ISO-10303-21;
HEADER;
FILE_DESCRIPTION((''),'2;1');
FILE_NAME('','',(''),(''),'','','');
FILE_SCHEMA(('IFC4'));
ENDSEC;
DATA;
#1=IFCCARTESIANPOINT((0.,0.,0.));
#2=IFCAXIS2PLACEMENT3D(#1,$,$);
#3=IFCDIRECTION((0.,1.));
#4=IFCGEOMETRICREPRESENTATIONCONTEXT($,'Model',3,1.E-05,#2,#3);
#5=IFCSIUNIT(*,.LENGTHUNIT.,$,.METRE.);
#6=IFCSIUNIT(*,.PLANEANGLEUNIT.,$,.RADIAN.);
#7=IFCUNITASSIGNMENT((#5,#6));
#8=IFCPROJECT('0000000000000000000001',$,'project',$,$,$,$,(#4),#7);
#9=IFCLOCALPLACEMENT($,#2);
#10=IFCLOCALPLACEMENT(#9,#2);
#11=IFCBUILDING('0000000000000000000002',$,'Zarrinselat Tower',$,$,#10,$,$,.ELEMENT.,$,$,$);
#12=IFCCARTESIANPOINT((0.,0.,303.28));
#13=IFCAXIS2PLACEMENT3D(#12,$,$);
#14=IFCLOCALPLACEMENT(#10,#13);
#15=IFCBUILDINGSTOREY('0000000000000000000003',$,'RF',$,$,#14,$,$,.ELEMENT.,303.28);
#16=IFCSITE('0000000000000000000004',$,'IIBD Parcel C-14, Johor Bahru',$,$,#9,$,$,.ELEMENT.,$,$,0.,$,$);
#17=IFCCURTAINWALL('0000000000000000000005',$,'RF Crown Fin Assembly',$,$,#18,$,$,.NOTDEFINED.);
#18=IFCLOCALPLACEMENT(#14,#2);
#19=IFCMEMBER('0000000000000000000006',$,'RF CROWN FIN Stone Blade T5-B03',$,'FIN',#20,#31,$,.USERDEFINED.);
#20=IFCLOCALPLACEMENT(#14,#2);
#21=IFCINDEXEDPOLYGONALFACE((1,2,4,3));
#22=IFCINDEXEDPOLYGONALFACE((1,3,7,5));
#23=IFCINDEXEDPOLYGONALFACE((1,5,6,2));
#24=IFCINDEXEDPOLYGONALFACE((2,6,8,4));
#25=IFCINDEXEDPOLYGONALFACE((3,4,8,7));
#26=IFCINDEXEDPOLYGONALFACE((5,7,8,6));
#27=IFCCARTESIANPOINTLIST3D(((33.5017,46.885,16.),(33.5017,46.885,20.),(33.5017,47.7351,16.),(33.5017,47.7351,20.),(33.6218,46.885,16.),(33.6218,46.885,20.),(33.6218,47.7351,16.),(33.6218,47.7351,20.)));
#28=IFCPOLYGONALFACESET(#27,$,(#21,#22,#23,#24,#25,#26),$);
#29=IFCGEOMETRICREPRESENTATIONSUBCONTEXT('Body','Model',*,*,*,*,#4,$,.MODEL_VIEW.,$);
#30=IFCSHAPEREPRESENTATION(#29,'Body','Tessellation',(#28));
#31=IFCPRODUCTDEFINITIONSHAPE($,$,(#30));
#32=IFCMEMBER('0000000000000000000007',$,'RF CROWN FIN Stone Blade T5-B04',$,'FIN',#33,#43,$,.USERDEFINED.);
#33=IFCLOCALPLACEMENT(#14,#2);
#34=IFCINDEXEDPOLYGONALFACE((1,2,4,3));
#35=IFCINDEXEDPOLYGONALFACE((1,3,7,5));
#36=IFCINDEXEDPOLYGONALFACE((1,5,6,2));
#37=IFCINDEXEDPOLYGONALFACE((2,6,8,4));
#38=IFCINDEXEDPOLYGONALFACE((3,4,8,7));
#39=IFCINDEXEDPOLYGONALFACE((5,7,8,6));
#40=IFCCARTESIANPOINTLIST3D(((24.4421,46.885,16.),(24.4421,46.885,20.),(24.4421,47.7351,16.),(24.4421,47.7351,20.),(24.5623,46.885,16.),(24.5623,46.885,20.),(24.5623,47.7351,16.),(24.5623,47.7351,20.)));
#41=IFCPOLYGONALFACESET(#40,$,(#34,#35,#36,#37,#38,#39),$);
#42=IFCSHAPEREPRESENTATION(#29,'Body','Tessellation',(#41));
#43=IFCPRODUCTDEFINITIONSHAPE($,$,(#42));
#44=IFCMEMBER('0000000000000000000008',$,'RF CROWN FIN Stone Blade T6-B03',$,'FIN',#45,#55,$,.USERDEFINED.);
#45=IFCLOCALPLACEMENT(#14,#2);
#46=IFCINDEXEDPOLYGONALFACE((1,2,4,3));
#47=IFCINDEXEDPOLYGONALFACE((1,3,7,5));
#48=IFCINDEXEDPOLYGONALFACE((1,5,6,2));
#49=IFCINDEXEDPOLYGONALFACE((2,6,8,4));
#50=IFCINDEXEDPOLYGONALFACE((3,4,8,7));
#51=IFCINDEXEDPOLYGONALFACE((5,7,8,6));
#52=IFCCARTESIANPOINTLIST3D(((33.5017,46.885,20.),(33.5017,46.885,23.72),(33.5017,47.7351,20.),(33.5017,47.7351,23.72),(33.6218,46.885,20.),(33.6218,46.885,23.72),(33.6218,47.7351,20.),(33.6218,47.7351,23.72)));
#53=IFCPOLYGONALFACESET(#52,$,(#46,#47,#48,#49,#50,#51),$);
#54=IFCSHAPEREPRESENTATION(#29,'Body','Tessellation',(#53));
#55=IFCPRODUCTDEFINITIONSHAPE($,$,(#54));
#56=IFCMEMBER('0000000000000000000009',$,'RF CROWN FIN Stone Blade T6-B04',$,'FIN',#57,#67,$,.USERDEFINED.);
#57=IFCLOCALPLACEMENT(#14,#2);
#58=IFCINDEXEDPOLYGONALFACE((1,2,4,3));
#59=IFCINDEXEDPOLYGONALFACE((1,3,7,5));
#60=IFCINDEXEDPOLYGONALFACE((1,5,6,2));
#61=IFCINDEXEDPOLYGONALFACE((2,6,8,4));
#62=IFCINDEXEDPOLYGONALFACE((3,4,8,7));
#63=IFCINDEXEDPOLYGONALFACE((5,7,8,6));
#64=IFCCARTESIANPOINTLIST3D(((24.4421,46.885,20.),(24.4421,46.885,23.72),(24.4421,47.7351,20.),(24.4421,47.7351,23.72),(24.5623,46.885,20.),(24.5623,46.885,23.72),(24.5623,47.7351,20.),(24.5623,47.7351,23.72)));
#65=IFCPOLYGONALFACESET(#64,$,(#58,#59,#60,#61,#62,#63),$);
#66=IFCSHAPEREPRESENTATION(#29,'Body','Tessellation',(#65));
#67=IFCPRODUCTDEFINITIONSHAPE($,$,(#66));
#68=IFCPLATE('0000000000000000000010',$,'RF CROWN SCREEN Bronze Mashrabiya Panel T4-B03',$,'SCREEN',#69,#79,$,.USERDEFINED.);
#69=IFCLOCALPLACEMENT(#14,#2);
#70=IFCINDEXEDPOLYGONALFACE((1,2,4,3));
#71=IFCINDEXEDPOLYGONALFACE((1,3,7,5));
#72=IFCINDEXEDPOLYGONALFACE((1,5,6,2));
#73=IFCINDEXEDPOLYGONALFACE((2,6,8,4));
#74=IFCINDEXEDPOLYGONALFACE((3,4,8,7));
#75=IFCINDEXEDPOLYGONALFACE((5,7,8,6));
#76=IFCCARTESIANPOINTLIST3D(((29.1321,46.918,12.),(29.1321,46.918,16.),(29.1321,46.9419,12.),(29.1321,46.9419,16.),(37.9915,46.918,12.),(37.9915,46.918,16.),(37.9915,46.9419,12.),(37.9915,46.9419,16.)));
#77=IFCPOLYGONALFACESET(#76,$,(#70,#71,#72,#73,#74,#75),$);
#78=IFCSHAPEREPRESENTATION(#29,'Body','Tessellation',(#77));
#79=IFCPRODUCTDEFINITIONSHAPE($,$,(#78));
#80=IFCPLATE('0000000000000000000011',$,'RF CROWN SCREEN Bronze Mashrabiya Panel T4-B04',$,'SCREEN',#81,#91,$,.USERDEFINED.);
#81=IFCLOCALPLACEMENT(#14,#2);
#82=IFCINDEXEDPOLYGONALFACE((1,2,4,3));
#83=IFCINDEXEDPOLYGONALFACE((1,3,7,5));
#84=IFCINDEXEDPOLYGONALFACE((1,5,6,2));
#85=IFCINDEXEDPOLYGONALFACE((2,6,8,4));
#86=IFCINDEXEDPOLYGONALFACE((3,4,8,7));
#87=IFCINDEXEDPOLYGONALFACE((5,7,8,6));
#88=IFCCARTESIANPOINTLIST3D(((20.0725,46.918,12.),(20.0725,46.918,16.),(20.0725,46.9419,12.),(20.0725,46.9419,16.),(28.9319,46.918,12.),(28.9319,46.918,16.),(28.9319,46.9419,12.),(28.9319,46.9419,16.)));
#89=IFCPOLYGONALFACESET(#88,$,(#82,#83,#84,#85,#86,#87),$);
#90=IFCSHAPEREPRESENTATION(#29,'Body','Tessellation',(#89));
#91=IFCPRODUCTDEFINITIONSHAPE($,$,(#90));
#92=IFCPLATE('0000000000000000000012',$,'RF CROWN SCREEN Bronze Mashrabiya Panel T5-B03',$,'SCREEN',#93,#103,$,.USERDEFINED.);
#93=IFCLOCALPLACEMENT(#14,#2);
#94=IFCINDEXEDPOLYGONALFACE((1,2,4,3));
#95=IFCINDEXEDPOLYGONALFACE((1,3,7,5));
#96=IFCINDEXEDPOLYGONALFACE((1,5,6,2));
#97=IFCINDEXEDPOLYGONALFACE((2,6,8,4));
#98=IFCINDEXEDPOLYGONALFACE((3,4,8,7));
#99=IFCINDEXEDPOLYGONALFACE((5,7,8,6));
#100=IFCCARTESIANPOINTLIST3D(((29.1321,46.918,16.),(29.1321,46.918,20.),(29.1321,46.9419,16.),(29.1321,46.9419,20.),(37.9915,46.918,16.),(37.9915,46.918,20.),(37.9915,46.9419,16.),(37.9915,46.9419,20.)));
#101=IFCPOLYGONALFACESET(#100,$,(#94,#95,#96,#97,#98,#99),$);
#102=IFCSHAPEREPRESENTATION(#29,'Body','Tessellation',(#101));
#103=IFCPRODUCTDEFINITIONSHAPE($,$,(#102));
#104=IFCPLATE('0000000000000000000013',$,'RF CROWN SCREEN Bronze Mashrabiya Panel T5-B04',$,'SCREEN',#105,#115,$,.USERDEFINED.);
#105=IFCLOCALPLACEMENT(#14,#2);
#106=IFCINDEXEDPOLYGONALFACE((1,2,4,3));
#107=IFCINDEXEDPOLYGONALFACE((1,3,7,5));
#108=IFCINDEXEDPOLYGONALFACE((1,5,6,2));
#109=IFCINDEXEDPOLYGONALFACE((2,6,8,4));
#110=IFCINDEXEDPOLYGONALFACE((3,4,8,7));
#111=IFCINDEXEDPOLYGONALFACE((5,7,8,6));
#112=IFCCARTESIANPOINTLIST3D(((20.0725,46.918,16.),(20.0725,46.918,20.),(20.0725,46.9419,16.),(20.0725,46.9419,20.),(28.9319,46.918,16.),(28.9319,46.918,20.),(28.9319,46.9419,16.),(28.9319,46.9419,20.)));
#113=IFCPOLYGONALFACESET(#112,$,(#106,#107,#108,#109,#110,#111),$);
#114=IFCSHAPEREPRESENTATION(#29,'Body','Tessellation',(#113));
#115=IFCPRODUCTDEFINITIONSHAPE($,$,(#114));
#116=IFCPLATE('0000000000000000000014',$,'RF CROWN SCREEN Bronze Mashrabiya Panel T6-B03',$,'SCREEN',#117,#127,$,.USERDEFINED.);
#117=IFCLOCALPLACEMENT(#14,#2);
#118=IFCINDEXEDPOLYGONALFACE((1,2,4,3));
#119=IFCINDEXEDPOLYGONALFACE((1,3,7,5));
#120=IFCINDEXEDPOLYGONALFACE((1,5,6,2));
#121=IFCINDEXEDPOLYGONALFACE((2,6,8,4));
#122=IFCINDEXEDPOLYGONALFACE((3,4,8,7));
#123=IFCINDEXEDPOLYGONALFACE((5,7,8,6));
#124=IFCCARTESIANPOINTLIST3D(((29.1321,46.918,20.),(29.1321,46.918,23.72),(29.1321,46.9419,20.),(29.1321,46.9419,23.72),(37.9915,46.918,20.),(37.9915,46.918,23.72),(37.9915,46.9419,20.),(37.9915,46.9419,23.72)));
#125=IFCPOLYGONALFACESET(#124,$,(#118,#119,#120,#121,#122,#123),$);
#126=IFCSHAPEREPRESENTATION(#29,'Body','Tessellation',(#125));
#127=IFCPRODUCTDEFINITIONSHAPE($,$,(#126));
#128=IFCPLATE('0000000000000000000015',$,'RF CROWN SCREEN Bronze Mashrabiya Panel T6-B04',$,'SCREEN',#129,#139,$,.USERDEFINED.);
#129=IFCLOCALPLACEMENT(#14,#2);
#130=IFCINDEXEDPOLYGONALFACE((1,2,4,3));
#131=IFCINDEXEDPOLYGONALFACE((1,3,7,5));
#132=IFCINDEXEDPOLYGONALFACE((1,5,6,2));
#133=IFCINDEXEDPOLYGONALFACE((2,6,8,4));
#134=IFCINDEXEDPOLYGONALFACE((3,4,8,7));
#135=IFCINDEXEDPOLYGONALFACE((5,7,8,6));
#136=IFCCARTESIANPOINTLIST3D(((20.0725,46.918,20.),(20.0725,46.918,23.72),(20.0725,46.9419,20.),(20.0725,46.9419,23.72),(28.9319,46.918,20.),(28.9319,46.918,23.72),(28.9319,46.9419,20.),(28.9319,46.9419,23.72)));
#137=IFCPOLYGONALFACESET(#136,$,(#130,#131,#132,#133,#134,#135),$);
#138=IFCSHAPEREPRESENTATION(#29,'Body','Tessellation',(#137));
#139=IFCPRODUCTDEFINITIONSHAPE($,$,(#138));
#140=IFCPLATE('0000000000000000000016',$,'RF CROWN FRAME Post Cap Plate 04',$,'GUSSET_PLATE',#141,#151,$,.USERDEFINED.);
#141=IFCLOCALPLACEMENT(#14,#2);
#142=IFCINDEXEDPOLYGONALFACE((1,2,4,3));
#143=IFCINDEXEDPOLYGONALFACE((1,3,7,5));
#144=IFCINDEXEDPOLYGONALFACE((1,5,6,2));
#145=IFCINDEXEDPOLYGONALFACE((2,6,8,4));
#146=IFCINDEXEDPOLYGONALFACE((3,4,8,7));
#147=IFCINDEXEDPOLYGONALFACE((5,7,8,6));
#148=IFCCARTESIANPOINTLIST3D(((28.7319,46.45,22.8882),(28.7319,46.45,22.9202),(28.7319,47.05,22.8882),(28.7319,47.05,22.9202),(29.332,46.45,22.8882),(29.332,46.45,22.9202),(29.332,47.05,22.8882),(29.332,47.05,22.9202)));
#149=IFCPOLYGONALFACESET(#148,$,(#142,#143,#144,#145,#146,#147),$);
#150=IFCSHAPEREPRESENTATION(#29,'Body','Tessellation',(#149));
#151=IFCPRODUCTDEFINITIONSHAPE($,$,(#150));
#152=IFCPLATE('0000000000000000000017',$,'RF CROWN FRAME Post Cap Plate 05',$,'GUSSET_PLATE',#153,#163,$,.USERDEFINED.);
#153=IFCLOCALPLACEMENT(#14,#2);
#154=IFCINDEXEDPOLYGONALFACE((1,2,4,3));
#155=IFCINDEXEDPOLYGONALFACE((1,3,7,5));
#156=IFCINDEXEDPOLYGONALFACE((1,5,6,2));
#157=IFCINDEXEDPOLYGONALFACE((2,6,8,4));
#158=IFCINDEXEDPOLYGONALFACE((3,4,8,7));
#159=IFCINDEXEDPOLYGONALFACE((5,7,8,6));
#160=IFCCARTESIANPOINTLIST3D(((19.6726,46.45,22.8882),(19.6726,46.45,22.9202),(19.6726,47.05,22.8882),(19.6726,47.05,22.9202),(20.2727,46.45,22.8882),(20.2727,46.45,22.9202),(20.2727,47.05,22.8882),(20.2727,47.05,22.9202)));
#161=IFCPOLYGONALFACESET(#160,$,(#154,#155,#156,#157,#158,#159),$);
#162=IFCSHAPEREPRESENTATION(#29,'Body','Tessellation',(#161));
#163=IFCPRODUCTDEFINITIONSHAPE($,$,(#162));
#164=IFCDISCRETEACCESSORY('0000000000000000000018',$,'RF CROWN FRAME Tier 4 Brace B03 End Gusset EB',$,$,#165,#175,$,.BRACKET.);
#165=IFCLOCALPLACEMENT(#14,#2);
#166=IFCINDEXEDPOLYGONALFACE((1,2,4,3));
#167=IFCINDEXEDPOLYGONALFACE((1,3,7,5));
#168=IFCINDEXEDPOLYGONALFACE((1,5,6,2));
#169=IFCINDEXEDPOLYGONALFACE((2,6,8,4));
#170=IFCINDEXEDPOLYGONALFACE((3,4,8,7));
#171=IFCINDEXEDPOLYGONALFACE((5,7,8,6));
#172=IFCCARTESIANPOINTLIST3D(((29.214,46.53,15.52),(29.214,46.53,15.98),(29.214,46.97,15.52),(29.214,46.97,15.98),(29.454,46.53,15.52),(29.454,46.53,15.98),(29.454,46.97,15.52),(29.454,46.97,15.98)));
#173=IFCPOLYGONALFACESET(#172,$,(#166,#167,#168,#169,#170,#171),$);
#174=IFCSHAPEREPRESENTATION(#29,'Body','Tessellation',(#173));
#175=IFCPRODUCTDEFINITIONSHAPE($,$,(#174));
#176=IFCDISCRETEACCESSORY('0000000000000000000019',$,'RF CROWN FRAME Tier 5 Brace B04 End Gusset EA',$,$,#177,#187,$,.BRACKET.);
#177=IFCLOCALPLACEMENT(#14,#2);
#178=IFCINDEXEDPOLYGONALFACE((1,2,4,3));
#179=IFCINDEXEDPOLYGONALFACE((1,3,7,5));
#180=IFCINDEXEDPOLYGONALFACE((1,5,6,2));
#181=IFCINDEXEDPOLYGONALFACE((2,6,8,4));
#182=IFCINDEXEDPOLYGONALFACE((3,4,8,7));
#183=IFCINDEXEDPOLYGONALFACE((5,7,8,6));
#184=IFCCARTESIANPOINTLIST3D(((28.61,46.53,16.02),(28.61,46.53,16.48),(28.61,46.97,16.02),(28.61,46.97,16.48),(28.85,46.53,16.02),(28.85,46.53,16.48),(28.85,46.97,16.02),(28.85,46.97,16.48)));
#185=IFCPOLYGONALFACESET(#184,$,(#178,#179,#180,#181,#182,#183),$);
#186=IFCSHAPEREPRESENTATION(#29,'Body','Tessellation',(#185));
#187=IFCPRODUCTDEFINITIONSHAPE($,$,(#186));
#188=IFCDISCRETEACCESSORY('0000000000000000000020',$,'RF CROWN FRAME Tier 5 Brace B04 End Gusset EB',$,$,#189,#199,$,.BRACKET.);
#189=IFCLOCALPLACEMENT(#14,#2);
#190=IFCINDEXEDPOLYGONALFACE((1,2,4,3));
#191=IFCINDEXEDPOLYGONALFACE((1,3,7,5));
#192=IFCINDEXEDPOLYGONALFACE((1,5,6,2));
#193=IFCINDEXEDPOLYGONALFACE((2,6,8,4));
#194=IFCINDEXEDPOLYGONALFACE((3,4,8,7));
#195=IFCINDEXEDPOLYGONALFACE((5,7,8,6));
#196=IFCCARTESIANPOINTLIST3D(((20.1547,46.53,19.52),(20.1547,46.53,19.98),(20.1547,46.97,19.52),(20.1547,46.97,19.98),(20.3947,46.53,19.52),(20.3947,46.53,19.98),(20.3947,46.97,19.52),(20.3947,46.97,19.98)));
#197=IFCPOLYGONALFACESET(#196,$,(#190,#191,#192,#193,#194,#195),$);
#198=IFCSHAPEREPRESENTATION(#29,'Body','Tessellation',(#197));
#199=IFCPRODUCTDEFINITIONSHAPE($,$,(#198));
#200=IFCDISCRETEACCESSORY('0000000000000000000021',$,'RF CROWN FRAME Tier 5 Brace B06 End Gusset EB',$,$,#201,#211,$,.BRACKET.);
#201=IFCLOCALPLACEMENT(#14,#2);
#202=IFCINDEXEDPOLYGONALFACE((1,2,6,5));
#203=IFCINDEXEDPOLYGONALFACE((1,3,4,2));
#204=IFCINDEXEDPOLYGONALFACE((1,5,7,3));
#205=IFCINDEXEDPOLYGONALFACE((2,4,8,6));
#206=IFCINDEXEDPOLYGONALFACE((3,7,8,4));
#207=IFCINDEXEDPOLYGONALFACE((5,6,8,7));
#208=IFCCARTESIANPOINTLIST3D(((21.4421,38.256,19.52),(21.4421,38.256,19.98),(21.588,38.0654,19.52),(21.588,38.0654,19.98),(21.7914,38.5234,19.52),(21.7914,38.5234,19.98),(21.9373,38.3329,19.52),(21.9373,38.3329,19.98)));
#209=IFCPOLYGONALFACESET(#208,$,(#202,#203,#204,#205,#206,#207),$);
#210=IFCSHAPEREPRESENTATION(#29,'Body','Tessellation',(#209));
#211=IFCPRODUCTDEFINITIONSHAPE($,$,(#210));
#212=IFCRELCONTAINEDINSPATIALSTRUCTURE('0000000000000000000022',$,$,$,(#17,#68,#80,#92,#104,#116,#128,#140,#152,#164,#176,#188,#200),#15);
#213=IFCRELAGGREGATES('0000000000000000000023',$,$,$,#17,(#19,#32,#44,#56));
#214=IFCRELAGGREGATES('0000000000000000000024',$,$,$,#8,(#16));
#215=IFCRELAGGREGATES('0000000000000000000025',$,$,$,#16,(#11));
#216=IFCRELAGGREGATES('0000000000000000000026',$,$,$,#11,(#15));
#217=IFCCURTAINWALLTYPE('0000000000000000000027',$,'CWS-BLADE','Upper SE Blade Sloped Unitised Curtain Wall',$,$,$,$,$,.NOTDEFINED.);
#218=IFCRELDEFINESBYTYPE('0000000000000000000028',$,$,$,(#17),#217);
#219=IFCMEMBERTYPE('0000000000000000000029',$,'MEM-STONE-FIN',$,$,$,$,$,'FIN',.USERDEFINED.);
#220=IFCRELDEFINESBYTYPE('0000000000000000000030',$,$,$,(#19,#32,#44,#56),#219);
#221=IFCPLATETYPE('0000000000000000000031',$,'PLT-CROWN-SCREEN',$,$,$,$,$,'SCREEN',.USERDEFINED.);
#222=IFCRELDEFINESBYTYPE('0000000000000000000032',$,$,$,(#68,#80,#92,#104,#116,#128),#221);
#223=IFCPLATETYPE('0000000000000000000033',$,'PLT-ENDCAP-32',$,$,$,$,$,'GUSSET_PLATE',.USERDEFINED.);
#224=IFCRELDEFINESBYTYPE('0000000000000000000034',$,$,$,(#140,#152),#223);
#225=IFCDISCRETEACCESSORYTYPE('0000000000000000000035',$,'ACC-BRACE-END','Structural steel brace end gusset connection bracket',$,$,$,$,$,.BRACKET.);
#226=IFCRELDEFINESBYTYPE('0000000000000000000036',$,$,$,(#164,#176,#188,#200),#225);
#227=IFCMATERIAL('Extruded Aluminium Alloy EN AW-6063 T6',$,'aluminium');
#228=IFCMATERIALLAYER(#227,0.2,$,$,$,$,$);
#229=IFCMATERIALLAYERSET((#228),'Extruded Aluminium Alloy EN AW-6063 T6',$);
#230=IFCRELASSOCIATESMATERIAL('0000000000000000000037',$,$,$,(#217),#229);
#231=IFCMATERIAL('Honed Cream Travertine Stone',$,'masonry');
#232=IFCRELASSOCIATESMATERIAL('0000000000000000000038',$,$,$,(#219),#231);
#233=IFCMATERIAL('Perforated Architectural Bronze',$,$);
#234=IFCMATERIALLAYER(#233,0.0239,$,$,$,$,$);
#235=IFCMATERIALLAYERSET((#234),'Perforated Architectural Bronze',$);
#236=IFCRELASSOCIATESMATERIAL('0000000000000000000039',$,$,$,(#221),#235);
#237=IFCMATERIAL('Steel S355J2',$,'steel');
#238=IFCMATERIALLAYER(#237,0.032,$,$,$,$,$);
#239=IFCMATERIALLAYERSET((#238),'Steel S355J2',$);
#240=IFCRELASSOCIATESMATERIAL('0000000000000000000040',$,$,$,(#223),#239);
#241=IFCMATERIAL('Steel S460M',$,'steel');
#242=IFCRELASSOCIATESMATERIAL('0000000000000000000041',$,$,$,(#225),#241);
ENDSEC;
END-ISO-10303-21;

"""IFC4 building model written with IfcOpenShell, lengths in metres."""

from ifc_helpers import new_model, si_unit, direction, frame, origin, origin_2d, place, context, subcontext, project, spatial, rectangle, extrude, material, layer, layer_set, material_profile, profile_set, type_object, element, aggregate, save


model = new_model("IFC4")

# Units and contexts
model_context = context("Model", 3, precision=1e-05, world=origin(), true_north=direction((0.0, 1.0)))
body_context = subcontext(model_context, "Body", "Model", "MODEL_VIEW")
ifc_project = project(units=[si_unit("LENGTHUNIT", "METRE"), si_unit("PLANEANGLEUNIT", "RADIAN")], contexts=[model_context])

# Site, building, storey
site_placement = place(None, origin())
site = spatial("IfcSite", under=ifc_project, at=site_placement, Name="IIBD Parcel C-14, Johor Bahru", CompositionType="ELEMENT", RefElevation=0.0)
building_placement = place(site_placement, origin())
building = spatial("IfcBuilding", under=site, at=building_placement, Name="Zarrinselat Tower", CompositionType="ELEMENT")
storey_placement = place(building_placement, frame((0.0, 0.0, 303.28)))
storey = spatial("IfcBuildingStorey", under=building, at=storey_placement, Name="RF", CompositionType="ELEMENT", Elevation=303.28)

# Curtain wall, members
ifc_material_1 = material(Name="Extruded Aluminium Alloy EN AW-6063 T6", Category="aluminium")
ifc_layer_1 = layer(ifc_material_1, 0.2)
ifc_layer_set_1 = layer_set([ifc_layer_1], Name="Extruded Aluminium Alloy EN AW-6063 T6")
curtain_wall_type = type_object("IfcCurtainWallType", Name="CWS-BLADE", Description="Upper SE Blade Sloped Unitised Curtain Wall", PredefinedType="NOTDEFINED", material=ifc_layer_set_1)
curtain_wall_placement = place(storey_placement, origin())
curtain_wall = element("IfcCurtainWall", 1, at=curtain_wall_placement, inside=storey, type_object=curtain_wall_type, Name="RF Crown Fin Assembly", PredefinedType="NOTDEFINED")
ifc_material_2 = material(Name="Honed Cream Travertine Stone", Category="masonry")
ifc_material_profile_1 = material_profile(ifc_material_2, rectangle(XDim=0.1201, YDim=0.8501, at=origin_2d()), Name="FIN 850x120")
ifc_profile_set_1 = profile_set([ifc_material_profile_1], Name="Honed Cream Travertine Stone")
member_type_1 = type_object("IfcMemberType", Name="MEM-STONE-FIN", ElementType="FIN", PredefinedType="USERDEFINED", material=ifc_profile_set_1)
member_1_placement = place(storey_placement, frame((33.5618, 47.3101, 16.0), z_axis=(0.0, 0.0, 1.0), x_axis=(1.0, 0.0, 0.0)))
member_1 = element("IfcMember", 2, at=member_1_placement, type_object=member_type_1, Name="RF CROWN FIN Stone Blade T5-B03", ObjectType="FIN", PredefinedType="USERDEFINED", context=body_context, shape_type="SweptSolid", body=[
    extrude(rectangle(XDim=0.1201, YDim=0.8501, at=origin_2d()), origin(), (0.0, 0.0, 1.0), 4.0),
])
member_2_placement = place(storey_placement, frame((24.5022, 47.3101, 16.0), z_axis=(0.0, 0.0, 1.0), x_axis=(1.0, 0.0, 0.0)))
member_2 = element("IfcMember", 3, at=member_2_placement, type_object=member_type_1, Name="RF CROWN FIN Stone Blade T5-B04", ObjectType="FIN", PredefinedType="USERDEFINED", context=body_context, shape_type="SweptSolid", body=[
    extrude(rectangle(XDim=0.1201, YDim=0.8501, at=origin_2d()), origin(), (0.0, 0.0, 1.0), 4.0),
])
member_3_placement = place(storey_placement, frame((33.5618, 47.3101, 20.0), z_axis=(0.0, 0.0, 1.0), x_axis=(1.0, 0.0, 0.0)))
member_3 = element("IfcMember", 4, at=member_3_placement, type_object=member_type_1, Name="RF CROWN FIN Stone Blade T6-B03", ObjectType="FIN", PredefinedType="USERDEFINED", context=body_context, shape_type="SweptSolid", body=[
    extrude(rectangle(XDim=0.1201, YDim=0.8501, at=origin_2d()), origin(), (0.0, 0.0, 1.0), 3.72),
])
member_4_placement = place(storey_placement, frame((24.5022, 47.3101, 20.0), z_axis=(0.0, 0.0, 1.0), x_axis=(1.0, 0.0, 0.0)))
member_4 = element("IfcMember", 5, at=member_4_placement, type_object=member_type_1, Name="RF CROWN FIN Stone Blade T6-B04", ObjectType="FIN", PredefinedType="USERDEFINED", context=body_context, shape_type="SweptSolid", body=[
    extrude(rectangle(XDim=0.1201, YDim=0.8501, at=origin_2d()), origin(), (0.0, 0.0, 1.0), 3.72),
])
aggregate(curtain_wall, [member_1, member_2, member_3, member_4])

# Plates
ifc_material_3 = material(Name="Perforated Architectural Bronze")
ifc_layer_2 = layer(ifc_material_3, 0.0239)
ifc_layer_set_2 = layer_set([ifc_layer_2], Name="Perforated Architectural Bronze")
plate_type_1 = type_object("IfcPlateType", Name="PLT-CROWN-SCREEN", ElementType="SCREEN", PredefinedType="USERDEFINED", material=ifc_layer_set_2)
for number, where, z_axis, x_axis, name in (
    (6, (33.5618, 46.9299, 12.0), (0.0, 0.0, 1.0), (-1.0, 0.0, 0.0), "RF CROWN SCREEN Bronze Mashrabiya Panel T4-B03"),
    (7, (24.5022, 46.9299, 12.0), (0.0, 0.0, 1.0), (-1.0, 0.0, 0.0), "RF CROWN SCREEN Bronze Mashrabiya Panel T4-B04"),
    (8, (33.5618, 46.9299, 16.0), (0.0, 0.0, 1.0), (-1.0, 0.0, 0.0), "RF CROWN SCREEN Bronze Mashrabiya Panel T5-B03"),
    (9, (24.5022, 46.9299, 16.0), (0.0, 0.0, 1.0), (-1.0, 0.0, 0.0), "RF CROWN SCREEN Bronze Mashrabiya Panel T5-B04"),
):
    element("IfcPlate", number, at=place(storey_placement, frame(where, z_axis=z_axis, x_axis=x_axis)), inside=storey, type_object=plate_type_1, Name=name, ObjectType="SCREEN", PredefinedType="USERDEFINED", context=body_context, shape_type="SweptSolid", body=[
        extrude(rectangle(XDim=8.8594, YDim=0.0239, at=origin_2d()), origin(), (0.0, 0.0, 1.0), 4.0),
    ])
for number, where, z_axis, x_axis, name in (
    (10, (33.5618, 46.9299, 20.0), (0.0, 0.0, 1.0), (-1.0, 0.0, 0.0), "RF CROWN SCREEN Bronze Mashrabiya Panel T6-B03"),
    (11, (24.5022, 46.9299, 20.0), (0.0, 0.0, 1.0), (-1.0, 0.0, 0.0), "RF CROWN SCREEN Bronze Mashrabiya Panel T6-B04"),
):
    element("IfcPlate", number, at=place(storey_placement, frame(where, z_axis=z_axis, x_axis=x_axis)), inside=storey, type_object=plate_type_1, Name=name, ObjectType="SCREEN", PredefinedType="USERDEFINED", context=body_context, shape_type="SweptSolid", body=[
        extrude(rectangle(XDim=8.8594, YDim=0.0239, at=origin_2d()), origin(), (0.0, 0.0, 1.0), 3.72),
    ])
ifc_material_4 = material(Name="Steel S355J2", Category="steel")
ifc_layer_3 = layer(ifc_material_4, 0.032)
ifc_layer_set_3 = layer_set([ifc_layer_3], Name="Steel S355J2")
plate_type_2 = type_object("IfcPlateType", Name="PLT-ENDCAP-32", ElementType="GUSSET_PLATE", PredefinedType="USERDEFINED", material=ifc_layer_set_3)
for number, where, z_axis, x_axis, name in (
    (12, (29.032, 46.75, 22.8882), (0.0, 0.0, 1.0), (1.0, 0.0, 0.0), "RF CROWN FRAME Post Cap Plate 04"),
    (13, (19.9727, 46.75, 22.8882), (0.0, 0.0, 1.0), (1.0, 0.0, 0.0), "RF CROWN FRAME Post Cap Plate 05"),
):
    element("IfcPlate", number, at=place(storey_placement, frame(where, z_axis=z_axis, x_axis=x_axis)), inside=storey, type_object=plate_type_2, Name=name, ObjectType="GUSSET_PLATE", PredefinedType="USERDEFINED", context=body_context, shape_type="SweptSolid", body=[
        extrude(rectangle(XDim=0.6001, YDim=0.6001, at=origin_2d()), origin(), (0.0, 0.0, 1.0), 0.032),
    ])

# Discrete accessories
ifc_material_5 = material(Name="Steel S460M", Category="steel")
discrete_accessory_type = type_object("IfcDiscreteAccessoryType", Name="ACC-BRACE-END", Description="Structural steel brace end gusset connection bracket", PredefinedType="BRACKET", material=ifc_material_5)
for number, where, z_axis, x_axis, name in (
    (14, (29.334, 46.75, 15.52), (0.0, 0.0, 1.0), (-1.0, 0.0, 0.0), "RF CROWN FRAME Tier 4 Brace B03 End Gusset EB"),
    (15, (28.73, 46.75, 16.02), (0.0, 0.0, 1.0), (-1.0, 0.0, 0.0), "RF CROWN FRAME Tier 5 Brace B04 End Gusset EA"),
    (16, (20.2747, 46.75, 19.52), (0.0, 0.0, 1.0), (-1.0, 0.0, 0.0), "RF CROWN FRAME Tier 5 Brace B04 End Gusset EB"),
    (17, (21.6897, 38.2944, 19.52), (0.0, 0.0, 1.0), (0.607896, -0.794016, 0.0), "RF CROWN FRAME Tier 5 Brace B06 End Gusset EB"),
):
    element("IfcDiscreteAccessory", number, at=place(storey_placement, frame(where, z_axis=z_axis, x_axis=x_axis)), inside=storey, type_object=discrete_accessory_type, Name=name, PredefinedType="BRACKET", context=body_context, shape_type="SweptSolid", body=[
        extrude(rectangle(XDim=0.24, YDim=0.4399, at=origin_2d()), origin(), (0.0, 0.0, 1.0), 0.46),
    ])

save(model, "model.ifc")
